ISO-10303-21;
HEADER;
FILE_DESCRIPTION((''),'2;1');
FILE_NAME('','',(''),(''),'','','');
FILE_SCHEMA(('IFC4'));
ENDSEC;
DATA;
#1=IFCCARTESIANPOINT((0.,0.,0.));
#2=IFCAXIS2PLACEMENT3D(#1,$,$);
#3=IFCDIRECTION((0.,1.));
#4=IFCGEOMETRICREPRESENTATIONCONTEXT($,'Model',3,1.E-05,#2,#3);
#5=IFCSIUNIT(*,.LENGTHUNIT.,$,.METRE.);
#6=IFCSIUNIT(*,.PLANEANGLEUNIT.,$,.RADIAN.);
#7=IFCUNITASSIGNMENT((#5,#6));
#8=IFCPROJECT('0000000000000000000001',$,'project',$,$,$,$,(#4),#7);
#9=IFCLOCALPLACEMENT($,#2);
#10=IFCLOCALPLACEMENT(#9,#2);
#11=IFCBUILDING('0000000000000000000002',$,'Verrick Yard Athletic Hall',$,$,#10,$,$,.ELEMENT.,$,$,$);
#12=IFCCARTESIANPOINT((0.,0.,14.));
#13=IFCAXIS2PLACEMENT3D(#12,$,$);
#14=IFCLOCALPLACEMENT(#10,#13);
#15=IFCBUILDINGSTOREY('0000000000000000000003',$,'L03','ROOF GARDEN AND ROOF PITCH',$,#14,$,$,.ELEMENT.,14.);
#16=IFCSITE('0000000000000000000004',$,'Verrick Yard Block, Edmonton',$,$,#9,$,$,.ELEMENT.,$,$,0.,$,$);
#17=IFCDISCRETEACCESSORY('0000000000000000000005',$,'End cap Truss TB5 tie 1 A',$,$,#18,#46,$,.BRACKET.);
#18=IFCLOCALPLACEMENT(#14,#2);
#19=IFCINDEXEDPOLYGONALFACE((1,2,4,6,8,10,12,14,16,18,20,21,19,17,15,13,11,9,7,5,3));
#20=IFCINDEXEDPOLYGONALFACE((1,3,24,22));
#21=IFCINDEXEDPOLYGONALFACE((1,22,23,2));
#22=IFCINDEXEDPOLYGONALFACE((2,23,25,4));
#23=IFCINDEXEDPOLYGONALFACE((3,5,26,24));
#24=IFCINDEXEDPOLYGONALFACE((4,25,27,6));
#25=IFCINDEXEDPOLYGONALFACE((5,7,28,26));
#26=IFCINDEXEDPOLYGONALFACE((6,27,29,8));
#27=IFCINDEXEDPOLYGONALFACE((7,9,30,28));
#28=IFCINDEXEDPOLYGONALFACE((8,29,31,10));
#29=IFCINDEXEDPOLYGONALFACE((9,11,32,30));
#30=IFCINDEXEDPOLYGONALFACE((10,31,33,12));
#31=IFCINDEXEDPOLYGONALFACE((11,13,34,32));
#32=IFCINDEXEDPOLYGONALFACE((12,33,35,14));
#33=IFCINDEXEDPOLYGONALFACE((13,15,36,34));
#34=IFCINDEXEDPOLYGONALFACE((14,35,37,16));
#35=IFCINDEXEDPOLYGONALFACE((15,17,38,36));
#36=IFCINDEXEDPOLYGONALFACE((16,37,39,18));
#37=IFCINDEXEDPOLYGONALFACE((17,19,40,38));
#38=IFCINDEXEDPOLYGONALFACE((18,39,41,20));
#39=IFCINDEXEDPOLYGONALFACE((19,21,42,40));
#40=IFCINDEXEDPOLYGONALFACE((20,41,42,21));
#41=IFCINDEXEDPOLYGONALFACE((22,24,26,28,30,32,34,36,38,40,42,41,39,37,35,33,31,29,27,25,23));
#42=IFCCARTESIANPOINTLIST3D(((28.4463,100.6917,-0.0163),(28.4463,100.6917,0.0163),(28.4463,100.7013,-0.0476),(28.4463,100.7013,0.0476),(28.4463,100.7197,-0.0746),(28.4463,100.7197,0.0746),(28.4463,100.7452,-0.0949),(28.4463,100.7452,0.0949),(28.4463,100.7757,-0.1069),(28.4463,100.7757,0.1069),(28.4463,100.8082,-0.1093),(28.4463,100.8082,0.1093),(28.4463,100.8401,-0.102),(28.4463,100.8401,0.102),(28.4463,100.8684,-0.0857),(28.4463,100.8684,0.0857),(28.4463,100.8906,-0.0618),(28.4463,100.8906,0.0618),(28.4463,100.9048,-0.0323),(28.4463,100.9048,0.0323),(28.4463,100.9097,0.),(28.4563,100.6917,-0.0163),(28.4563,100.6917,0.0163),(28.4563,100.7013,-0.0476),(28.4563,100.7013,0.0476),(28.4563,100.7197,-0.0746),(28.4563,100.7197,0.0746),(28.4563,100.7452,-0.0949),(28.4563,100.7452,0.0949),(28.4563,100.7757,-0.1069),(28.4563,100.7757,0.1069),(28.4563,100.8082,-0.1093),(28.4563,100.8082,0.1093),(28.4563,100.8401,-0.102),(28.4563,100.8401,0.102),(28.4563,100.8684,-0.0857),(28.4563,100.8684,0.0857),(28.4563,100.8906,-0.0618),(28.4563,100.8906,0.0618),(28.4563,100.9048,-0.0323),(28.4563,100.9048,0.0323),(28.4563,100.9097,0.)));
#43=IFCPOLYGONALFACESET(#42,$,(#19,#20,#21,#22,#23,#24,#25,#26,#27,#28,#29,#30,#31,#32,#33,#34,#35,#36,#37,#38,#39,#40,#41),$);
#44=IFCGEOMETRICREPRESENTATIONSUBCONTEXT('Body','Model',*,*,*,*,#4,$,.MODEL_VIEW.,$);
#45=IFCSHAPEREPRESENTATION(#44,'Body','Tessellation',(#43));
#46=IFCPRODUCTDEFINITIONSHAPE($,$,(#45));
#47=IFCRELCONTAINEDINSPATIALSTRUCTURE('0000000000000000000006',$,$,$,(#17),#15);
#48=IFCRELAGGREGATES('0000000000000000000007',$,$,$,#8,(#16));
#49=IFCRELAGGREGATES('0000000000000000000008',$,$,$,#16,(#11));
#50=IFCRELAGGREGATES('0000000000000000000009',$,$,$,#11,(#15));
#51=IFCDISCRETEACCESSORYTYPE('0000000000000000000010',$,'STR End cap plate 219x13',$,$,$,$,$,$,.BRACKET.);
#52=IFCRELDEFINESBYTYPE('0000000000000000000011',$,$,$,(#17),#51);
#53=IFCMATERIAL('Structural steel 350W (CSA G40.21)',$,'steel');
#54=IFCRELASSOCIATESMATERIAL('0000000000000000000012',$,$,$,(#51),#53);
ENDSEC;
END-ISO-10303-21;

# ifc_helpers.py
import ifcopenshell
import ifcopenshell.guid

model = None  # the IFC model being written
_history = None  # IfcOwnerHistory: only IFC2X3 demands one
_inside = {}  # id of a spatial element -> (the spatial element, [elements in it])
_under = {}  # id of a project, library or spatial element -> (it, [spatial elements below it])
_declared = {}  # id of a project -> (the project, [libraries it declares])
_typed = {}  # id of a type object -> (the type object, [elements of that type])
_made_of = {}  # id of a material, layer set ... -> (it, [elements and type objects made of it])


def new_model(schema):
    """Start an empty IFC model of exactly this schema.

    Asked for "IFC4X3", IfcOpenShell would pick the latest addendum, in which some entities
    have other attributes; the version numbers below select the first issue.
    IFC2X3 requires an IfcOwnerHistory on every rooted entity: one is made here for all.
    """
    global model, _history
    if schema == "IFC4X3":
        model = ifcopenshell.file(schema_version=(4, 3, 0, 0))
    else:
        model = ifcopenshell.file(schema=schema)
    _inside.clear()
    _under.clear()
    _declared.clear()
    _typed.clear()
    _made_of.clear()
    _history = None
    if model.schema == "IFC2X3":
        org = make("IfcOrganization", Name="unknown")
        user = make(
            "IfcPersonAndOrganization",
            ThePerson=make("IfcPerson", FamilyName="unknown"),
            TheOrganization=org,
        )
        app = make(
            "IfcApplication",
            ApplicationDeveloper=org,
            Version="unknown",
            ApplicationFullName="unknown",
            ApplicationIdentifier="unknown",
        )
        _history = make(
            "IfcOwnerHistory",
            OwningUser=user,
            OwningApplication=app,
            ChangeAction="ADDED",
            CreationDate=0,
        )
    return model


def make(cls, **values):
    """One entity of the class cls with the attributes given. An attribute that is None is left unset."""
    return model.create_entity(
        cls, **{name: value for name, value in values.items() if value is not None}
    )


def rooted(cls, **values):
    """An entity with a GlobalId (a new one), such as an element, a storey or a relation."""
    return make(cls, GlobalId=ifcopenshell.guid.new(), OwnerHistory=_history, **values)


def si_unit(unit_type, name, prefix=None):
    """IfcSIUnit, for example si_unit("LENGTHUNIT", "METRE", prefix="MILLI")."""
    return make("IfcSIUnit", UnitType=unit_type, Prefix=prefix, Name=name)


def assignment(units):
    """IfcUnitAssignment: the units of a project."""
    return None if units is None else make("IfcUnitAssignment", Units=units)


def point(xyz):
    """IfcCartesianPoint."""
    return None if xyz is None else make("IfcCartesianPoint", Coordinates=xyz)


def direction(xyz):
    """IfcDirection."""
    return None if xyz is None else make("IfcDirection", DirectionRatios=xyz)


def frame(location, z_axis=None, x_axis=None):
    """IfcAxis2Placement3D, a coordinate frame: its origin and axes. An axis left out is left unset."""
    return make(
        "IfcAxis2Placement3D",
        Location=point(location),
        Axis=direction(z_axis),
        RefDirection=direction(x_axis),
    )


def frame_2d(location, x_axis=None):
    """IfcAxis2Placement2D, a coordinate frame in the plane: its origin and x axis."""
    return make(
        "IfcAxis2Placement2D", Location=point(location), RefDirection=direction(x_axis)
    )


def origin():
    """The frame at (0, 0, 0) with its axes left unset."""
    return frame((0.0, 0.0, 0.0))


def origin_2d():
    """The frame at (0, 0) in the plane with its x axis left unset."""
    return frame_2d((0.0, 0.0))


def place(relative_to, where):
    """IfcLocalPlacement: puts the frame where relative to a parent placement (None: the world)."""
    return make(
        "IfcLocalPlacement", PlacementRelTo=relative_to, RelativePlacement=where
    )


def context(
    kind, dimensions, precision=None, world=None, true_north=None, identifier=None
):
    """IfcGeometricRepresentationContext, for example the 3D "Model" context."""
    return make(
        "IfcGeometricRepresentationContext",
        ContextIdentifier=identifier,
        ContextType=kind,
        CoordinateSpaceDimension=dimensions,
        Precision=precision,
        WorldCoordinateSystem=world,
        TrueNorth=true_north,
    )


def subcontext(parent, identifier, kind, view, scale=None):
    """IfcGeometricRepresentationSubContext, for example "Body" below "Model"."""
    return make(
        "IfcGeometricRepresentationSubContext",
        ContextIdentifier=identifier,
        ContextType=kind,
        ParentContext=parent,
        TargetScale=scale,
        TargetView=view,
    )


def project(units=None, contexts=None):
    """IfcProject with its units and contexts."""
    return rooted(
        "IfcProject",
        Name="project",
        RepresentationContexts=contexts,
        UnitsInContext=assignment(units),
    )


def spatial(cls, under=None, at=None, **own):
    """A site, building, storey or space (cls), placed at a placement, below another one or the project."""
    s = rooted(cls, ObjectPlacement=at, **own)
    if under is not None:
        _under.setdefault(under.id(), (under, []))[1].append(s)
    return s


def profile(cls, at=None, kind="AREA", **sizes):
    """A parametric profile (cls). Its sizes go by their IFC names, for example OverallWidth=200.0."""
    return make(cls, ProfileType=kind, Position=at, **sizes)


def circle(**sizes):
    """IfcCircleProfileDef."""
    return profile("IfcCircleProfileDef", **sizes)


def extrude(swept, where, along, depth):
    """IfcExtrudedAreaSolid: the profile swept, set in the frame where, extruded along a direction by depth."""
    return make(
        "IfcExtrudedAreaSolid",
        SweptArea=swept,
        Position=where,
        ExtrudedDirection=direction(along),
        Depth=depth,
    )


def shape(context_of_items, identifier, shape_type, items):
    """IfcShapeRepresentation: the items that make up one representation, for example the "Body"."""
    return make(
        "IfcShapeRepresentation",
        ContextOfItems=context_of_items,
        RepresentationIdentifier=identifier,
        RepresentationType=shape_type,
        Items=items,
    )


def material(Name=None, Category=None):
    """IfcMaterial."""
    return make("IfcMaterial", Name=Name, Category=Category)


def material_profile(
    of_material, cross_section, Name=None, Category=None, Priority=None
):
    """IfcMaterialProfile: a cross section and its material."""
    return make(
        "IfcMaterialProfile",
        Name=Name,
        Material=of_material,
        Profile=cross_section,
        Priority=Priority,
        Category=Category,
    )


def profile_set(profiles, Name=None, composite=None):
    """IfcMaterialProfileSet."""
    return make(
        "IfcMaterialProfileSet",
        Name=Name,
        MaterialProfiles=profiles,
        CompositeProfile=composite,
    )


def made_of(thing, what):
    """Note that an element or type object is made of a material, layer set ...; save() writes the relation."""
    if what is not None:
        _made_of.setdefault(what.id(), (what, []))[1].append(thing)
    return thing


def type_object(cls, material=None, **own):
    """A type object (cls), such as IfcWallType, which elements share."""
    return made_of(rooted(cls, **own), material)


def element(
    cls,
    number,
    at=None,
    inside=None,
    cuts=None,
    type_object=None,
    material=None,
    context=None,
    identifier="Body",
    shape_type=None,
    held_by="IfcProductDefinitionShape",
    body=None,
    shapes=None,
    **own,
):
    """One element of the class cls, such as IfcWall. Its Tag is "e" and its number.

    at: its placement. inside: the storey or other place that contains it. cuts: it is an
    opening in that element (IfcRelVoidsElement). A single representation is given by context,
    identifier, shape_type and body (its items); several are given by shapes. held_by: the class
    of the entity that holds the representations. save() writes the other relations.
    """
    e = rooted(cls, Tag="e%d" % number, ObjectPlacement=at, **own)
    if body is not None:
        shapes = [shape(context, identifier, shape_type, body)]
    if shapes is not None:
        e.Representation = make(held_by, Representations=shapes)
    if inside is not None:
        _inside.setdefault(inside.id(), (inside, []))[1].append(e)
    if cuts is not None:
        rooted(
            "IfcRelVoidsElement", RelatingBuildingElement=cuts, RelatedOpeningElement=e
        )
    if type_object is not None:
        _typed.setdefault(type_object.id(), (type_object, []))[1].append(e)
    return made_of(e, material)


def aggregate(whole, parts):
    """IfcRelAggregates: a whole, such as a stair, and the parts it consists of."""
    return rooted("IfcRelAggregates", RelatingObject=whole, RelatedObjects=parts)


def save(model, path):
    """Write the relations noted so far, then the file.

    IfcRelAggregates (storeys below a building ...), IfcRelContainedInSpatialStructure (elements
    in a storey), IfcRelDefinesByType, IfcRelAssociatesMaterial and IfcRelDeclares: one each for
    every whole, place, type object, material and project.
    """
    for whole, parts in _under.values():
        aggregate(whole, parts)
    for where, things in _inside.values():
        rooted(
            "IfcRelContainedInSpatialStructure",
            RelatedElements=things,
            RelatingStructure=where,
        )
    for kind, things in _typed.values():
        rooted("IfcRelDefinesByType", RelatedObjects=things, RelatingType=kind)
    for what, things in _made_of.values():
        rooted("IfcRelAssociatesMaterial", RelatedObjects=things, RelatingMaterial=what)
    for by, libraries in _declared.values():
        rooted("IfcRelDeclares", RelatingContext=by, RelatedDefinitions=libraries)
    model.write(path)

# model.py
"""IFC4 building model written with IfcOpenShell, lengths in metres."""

from ifc_helpers import new_model, si_unit, direction, frame, origin, origin_2d, place, context, subcontext, project, spatial, circle, extrude, material, material_profile, profile_set, type_object, element, save


model = new_model("IFC4")

# Units and contexts
model_context = context("Model", 3, precision=1e-05, world=origin(), true_north=direction((0.0, 1.0)))
body_context = subcontext(model_context, "Body", "Model", "MODEL_VIEW")
ifc_project = project(units=[si_unit("LENGTHUNIT", "METRE"), si_unit("PLANEANGLEUNIT", "RADIAN")], contexts=[model_context])

# Site, building, storey
site_placement = place(None, origin())
site = spatial("IfcSite", under=ifc_project, at=site_placement, Name="Verrick Yard Block, Edmonton", CompositionType="ELEMENT", RefElevation=0.0)
building_placement = place(site_placement, origin())
building = spatial("IfcBuilding", under=site, at=building_placement, Name="Verrick Yard Athletic Hall", CompositionType="ELEMENT")
storey_placement = place(building_placement, frame((0.0, 0.0, 14.0)))
storey = spatial("IfcBuildingStorey", under=building, at=storey_placement, Name="L03", Description="ROOF GARDEN AND ROOF PITCH", CompositionType="ELEMENT", Elevation=14.0)

# Discrete accessory
ifc_material_1 = material(Name="Structural steel 350W (CSA G40.21)", Category="steel")
ifc_material_profile_1 = material_profile(ifc_material_1, circle(Radius=0.1096, at=origin_2d()), Name="STR End cap plate 219x13")
ifc_profile_set_1 = profile_set([ifc_material_profile_1], Name="Structural steel 350W (CSA G40.21)")
discrete_accessory_type_1 = type_object("IfcDiscreteAccessoryType", Name="STR End cap plate 219x13", PredefinedType="BRACKET", material=ifc_profile_set_1)
discrete_accessory_1_placement = place(storey_placement, frame((28.4463, 100.8, 0.0), z_axis=(1.0, 0.0, 0.0), x_axis=(0.0, 1.0, 0.0)))
element("IfcDiscreteAccessory", 1, at=discrete_accessory_1_placement, inside=storey, type_object=discrete_accessory_type_1, Name="End cap Truss TB5 tie 1 A", PredefinedType="BRACKET", context=body_context, shape_type="SweptSolid", body=[
    extrude(circle(Radius=0.1096, at=origin_2d()), origin(), (0.0, 0.0, 1.0), 0.01),
])

save(model, "model.ifc")
